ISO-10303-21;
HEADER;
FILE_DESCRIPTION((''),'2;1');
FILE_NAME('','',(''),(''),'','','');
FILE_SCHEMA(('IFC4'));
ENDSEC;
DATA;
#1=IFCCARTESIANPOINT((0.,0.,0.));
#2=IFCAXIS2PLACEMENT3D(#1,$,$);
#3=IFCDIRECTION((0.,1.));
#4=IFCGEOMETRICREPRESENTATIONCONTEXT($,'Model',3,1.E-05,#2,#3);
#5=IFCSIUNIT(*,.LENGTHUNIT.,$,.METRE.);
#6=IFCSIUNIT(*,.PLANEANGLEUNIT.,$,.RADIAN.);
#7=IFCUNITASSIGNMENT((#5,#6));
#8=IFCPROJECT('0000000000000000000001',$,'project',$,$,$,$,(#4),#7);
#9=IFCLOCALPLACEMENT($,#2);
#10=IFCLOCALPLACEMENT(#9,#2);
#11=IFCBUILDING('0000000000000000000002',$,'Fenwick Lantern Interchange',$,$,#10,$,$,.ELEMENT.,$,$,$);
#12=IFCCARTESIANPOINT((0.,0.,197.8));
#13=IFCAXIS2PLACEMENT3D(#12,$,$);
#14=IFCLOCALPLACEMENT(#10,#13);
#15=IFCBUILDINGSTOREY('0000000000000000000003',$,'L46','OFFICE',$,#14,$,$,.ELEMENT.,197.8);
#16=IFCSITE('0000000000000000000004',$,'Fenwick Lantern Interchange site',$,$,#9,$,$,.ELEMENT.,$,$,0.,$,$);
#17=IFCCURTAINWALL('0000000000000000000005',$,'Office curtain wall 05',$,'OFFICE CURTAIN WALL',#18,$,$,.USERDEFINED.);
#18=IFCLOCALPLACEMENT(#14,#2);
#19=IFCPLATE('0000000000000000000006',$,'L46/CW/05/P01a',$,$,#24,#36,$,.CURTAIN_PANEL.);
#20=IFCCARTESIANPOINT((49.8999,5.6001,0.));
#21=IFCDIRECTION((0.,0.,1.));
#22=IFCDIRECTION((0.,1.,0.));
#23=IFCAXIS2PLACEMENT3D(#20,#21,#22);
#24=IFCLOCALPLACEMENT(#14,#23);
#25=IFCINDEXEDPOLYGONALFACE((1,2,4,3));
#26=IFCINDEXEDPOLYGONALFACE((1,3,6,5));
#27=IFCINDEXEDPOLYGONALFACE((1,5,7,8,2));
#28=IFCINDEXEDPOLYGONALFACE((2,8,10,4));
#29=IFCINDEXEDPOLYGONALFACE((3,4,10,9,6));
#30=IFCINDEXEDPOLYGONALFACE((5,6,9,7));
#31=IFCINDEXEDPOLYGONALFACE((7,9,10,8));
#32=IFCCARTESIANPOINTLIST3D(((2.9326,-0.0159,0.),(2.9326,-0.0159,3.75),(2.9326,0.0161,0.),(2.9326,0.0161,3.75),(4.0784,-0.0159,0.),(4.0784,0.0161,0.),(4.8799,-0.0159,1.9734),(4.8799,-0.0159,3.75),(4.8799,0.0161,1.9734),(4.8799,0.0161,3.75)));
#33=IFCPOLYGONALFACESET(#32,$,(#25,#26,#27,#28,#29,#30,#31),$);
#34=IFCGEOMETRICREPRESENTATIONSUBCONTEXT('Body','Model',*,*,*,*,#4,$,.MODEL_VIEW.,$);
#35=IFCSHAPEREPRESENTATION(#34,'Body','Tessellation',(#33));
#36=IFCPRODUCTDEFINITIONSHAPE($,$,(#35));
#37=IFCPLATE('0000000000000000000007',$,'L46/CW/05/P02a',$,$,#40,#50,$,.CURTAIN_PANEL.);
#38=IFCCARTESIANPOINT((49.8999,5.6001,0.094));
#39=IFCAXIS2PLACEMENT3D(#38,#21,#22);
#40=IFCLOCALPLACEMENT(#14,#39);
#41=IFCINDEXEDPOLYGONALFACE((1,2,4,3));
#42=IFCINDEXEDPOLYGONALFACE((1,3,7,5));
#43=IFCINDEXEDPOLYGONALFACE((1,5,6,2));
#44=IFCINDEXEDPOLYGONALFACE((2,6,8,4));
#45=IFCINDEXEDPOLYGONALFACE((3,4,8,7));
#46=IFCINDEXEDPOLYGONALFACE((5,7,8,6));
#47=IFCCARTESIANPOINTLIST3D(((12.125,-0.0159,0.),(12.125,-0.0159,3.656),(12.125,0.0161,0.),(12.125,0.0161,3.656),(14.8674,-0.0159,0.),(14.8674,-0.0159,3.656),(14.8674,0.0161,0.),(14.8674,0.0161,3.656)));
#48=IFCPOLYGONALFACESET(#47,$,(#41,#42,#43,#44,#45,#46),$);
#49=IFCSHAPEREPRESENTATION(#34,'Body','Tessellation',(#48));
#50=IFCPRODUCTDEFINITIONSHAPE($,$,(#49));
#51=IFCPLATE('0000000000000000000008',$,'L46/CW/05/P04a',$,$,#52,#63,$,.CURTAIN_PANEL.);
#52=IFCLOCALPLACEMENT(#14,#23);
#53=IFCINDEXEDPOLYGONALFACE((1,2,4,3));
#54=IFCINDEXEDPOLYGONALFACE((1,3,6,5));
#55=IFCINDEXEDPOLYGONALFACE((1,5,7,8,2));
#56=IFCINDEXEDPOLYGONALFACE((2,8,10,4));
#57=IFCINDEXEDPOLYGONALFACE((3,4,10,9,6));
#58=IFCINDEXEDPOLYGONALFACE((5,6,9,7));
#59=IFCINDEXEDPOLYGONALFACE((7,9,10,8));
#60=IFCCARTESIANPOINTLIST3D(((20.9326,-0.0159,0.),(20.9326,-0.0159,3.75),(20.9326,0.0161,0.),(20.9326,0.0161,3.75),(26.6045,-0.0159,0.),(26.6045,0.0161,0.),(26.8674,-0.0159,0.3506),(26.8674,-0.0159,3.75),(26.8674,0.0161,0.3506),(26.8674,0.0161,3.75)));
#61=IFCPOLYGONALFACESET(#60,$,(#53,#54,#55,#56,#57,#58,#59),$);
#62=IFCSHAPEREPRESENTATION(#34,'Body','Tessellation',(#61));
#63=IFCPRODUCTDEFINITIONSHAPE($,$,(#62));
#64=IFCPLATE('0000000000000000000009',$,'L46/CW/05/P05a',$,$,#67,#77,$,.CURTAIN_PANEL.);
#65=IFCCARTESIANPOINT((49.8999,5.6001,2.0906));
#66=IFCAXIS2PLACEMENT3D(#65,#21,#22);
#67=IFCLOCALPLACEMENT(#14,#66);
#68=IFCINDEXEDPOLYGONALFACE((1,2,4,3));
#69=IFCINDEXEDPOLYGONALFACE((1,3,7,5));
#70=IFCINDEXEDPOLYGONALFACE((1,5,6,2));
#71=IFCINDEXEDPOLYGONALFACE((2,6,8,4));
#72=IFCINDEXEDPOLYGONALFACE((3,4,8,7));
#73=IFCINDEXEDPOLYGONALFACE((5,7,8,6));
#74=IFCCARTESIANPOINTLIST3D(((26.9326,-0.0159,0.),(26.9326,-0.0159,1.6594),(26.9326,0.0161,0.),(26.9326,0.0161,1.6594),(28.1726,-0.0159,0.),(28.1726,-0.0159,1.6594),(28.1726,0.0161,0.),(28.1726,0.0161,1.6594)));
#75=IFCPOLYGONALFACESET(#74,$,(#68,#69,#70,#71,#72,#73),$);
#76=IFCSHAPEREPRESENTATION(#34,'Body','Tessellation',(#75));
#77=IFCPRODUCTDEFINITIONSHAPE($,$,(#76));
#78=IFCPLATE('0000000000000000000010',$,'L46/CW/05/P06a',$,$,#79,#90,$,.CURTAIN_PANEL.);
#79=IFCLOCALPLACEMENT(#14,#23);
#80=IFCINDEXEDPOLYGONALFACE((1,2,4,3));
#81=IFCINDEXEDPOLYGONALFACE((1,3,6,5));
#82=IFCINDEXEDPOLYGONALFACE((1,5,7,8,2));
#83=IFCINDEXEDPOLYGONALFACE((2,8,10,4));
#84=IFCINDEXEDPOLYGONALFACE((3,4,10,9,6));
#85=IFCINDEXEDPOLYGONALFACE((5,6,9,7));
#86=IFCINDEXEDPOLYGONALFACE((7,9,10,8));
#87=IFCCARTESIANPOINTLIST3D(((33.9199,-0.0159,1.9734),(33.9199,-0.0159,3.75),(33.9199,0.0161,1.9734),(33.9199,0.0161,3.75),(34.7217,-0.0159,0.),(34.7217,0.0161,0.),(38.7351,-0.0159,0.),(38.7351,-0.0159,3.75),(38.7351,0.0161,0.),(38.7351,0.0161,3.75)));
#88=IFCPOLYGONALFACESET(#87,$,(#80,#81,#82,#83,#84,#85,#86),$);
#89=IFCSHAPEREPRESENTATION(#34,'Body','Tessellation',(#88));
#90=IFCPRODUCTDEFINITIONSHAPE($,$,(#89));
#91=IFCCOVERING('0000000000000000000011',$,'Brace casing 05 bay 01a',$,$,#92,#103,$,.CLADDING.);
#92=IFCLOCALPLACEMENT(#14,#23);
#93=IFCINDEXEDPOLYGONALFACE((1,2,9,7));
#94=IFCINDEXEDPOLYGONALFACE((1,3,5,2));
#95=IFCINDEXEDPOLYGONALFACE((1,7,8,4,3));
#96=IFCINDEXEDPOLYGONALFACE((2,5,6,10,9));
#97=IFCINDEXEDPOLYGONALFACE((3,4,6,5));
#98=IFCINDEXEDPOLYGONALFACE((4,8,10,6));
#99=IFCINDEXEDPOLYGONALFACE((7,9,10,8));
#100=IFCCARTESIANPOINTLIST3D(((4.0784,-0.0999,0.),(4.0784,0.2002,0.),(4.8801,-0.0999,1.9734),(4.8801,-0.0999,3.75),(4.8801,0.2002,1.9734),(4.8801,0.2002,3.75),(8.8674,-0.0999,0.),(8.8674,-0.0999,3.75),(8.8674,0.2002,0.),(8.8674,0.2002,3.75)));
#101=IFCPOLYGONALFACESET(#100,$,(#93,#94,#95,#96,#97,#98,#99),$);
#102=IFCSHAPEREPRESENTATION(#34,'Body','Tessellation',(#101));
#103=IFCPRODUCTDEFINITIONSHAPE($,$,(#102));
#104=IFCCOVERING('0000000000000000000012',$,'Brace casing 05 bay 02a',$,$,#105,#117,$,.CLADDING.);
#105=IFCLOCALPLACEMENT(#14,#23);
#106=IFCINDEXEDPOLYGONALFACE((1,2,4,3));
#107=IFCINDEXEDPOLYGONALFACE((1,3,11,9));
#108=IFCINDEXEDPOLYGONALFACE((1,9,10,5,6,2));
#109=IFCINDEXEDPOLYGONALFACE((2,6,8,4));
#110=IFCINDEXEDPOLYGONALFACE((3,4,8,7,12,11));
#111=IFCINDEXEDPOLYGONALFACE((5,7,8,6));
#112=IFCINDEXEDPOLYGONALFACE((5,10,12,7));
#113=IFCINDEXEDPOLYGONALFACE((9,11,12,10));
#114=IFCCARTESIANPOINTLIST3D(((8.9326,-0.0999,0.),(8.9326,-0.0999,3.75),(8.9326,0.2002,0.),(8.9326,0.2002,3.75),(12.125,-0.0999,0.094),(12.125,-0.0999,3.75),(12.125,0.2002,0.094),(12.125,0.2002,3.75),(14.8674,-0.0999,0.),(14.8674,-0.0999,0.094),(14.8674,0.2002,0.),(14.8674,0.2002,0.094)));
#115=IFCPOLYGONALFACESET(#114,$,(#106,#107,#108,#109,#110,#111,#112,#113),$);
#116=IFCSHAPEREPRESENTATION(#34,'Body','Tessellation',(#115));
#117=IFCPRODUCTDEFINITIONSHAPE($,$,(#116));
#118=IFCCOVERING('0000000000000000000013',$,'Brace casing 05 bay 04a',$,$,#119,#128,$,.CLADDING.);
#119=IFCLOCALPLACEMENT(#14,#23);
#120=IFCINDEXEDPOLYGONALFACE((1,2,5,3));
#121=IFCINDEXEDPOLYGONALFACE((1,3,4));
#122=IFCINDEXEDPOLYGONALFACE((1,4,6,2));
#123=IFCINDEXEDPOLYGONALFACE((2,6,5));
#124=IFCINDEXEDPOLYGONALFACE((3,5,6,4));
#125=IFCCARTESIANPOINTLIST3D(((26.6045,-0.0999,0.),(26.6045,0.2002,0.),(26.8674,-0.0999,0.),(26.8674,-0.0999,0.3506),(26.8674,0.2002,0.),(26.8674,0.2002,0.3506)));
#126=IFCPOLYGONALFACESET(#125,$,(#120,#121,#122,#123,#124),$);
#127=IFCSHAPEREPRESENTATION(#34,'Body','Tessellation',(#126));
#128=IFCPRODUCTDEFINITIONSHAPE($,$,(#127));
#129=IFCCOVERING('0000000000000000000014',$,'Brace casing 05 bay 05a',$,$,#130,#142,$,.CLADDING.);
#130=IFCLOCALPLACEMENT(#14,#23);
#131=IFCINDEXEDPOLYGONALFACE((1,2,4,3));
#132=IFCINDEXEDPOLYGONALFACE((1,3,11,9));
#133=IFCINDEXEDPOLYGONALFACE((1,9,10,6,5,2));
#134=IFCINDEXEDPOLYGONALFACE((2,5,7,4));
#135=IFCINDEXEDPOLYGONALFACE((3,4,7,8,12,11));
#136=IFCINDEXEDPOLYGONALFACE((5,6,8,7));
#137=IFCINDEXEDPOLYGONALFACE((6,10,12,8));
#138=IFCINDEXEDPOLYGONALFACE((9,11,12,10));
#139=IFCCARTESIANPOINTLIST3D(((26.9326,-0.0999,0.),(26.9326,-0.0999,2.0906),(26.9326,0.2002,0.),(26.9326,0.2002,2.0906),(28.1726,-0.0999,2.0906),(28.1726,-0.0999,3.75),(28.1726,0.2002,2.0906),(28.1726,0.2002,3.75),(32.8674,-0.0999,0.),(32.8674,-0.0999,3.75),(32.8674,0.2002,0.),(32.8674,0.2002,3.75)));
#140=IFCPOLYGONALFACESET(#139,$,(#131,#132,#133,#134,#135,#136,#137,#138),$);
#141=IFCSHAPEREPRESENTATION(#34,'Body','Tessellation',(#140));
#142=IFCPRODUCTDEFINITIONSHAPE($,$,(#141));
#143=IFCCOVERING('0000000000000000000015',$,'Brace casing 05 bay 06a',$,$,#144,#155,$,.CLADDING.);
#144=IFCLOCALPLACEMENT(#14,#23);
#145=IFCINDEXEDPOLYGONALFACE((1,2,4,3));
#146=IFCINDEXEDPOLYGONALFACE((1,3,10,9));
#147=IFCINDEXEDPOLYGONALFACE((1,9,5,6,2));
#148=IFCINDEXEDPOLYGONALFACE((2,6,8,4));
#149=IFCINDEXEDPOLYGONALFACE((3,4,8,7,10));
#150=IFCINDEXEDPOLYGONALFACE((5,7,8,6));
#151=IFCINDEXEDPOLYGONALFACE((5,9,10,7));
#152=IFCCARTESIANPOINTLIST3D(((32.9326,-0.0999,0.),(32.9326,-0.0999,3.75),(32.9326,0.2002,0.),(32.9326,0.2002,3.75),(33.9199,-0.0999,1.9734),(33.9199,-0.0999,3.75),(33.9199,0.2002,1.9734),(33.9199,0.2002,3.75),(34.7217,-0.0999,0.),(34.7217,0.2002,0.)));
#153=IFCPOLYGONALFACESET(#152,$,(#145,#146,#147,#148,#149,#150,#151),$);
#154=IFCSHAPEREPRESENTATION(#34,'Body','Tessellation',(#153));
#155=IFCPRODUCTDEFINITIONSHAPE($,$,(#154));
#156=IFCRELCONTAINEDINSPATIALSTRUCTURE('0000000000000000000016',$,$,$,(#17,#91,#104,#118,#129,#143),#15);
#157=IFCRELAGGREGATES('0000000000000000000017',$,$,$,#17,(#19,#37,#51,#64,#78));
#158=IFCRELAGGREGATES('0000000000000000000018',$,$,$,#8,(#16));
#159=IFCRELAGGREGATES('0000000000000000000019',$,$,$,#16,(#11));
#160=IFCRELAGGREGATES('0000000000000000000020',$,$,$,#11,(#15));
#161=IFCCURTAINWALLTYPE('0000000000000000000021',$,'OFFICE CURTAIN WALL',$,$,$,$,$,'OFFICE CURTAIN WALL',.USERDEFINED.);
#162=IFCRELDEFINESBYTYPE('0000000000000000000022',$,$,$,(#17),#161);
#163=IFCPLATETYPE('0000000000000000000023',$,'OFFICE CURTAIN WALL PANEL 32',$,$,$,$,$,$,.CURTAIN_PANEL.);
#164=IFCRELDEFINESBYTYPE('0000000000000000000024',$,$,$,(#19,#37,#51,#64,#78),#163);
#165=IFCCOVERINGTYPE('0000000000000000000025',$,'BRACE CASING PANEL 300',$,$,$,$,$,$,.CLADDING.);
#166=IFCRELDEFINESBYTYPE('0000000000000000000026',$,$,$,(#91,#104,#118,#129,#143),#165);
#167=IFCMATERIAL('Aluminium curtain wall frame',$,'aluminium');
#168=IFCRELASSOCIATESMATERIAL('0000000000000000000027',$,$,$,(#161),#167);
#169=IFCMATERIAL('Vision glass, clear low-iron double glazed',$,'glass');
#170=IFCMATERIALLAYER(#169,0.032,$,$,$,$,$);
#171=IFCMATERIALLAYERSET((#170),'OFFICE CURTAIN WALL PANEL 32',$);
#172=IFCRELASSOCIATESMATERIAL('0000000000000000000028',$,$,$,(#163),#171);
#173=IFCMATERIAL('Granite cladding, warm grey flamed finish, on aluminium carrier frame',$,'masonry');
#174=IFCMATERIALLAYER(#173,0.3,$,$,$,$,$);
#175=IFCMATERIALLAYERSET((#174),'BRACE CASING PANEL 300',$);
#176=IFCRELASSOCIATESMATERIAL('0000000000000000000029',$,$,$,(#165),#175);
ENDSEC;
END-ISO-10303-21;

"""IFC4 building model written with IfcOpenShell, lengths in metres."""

from ifc_helpers import new_model, si_unit, direction, frame, origin, place, context, subcontext, project, spatial, polyline, outline, extrude, material, layer, layer_set, type_object, element, aggregate, save


model = new_model("IFC4")

# Units and contexts
model_context = context("Model", 3, precision=1e-05, world=origin(), true_north=direction((0.0, 1.0)))
body_context = subcontext(model_context, "Body", "Model", "MODEL_VIEW")
ifc_project = project(units=[si_unit("LENGTHUNIT", "METRE"), si_unit("PLANEANGLEUNIT", "RADIAN")], contexts=[model_context])

# Site, building, storey
site_placement = place(None, origin())
site = spatial("IfcSite", under=ifc_project, at=site_placement, Name="Fenwick Lantern Interchange site", CompositionType="ELEMENT", RefElevation=0.0)
building_placement = place(site_placement, origin())
building = spatial("IfcBuilding", under=site, at=building_placement, Name="Fenwick Lantern Interchange", CompositionType="ELEMENT")
storey_placement = place(building_placement, frame((0.0, 0.0, 197.8)))
storey = spatial("IfcBuildingStorey", under=building, at=storey_placement, Name="L46", Description="OFFICE", CompositionType="ELEMENT", Elevation=197.8)

# Shared definitions
ifc_material_1 = material(Name="Aluminium curtain wall frame", Category="aluminium")
curtain_wall_type = type_object("IfcCurtainWallType", Name="OFFICE CURTAIN WALL", ElementType="OFFICE CURTAIN WALL", PredefinedType="USERDEFINED", material=ifc_material_1)

# Curtain wall
curtain_wall_1_placement = place(storey_placement, origin())
curtain_wall_1 = element("IfcCurtainWall", 1, at=curtain_wall_1_placement, inside=storey, type_object=curtain_wall_type, Name="Office curtain wall 05", ObjectType="OFFICE CURTAIN WALL", PredefinedType="USERDEFINED")

# Plates
ifc_material_2 = material(Name="Vision glass, clear low-iron double glazed", Category="glass")
ifc_layer_1 = layer(ifc_material_2, 0.032)
ifc_layer_set_1 = layer_set([ifc_layer_1], Name="OFFICE CURTAIN WALL PANEL 32")
plate_type = type_object("IfcPlateType", Name="OFFICE CURTAIN WALL PANEL 32", PredefinedType="CURTAIN_PANEL", material=ifc_layer_set_1)
plate_1_placement = place(storey_placement, frame((49.8999, 5.6001, 0.0), z_axis=(0.0, 0.0, 1.0), x_axis=(0.0, 1.0, 0.0)))
plate_1 = element("IfcPlate", 2, at=plate_1_placement, type_object=plate_type, Name="L46/CW/05/P01a", PredefinedType="CURTAIN_PANEL", context=body_context, shape_type="SweptSolid", body=[
    extrude(outline(polyline([(2.9326, 0.0), (4.0784, 0.0), (4.8799, 1.9734), (4.8799, 3.75), (2.9326, 3.75), (2.9326, 0.0)])), frame((0.0, 0.0161, 0.0), z_axis=(0.0, -1.0, 0.0), x_axis=(1.0, 0.0, 0.0)), (0.0, 0.0, 1.0), 0.032),
])
plate_2_placement = place(storey_placement, frame((49.8999, 5.6001, 0.094), z_axis=(0.0, 0.0, 1.0), x_axis=(0.0, 1.0, 0.0)))
plate_2 = element("IfcPlate", 3, at=plate_2_placement, type_object=plate_type, Name="L46/CW/05/P02a", PredefinedType="CURTAIN_PANEL", context=body_context, shape_type="SweptSolid", body=[
    extrude(outline(polyline([(12.125, 0.0), (14.8674, 0.0), (14.8674, 3.656), (12.125, 3.656), (12.125, 0.0)])), frame((0.0, 0.0161, 0.0), z_axis=(0.0, -1.0, 0.0), x_axis=(1.0, 0.0, 0.0)), (0.0, 0.0, 1.0), 0.032),
])
plate_3_placement = place(storey_placement, frame((49.8999, 5.6001, 0.0), z_axis=(0.0, 0.0, 1.0), x_axis=(0.0, 1.0, 0.0)))
plate_3 = element("IfcPlate", 4, at=plate_3_placement, type_object=plate_type, Name="L46/CW/05/P04a", PredefinedType="CURTAIN_PANEL", context=body_context, shape_type="SweptSolid", body=[
    extrude(outline(polyline([(20.9326, 0.0), (26.6045, 0.0), (26.8674, 0.3506), (26.8674, 3.75), (20.9326, 3.75), (20.9326, 0.0)])), frame((0.0, 0.0161, 0.0), z_axis=(0.0, -1.0, 0.0), x_axis=(1.0, 0.0, 0.0)), (0.0, 0.0, 1.0), 0.032),
])
plate_4_placement = place(storey_placement, frame((49.8999, 5.6001, 2.0906), z_axis=(0.0, 0.0, 1.0), x_axis=(0.0, 1.0, 0.0)))
plate_4 = element("IfcPlate", 5, at=plate_4_placement, type_object=plate_type, Name="L46/CW/05/P05a", PredefinedType="CURTAIN_PANEL", context=body_context, shape_type="SweptSolid", body=[
    extrude(outline(polyline([(26.9326, 0.0), (28.1726, 0.0), (28.1726, 1.6594), (26.9326, 1.6594), (26.9326, 0.0)])), frame((0.0, 0.0161, 0.0), z_axis=(0.0, -1.0, 0.0), x_axis=(1.0, 0.0, 0.0)), (0.0, 0.0, 1.0), 0.032),
])
plate_5_placement = place(storey_placement, frame((49.8999, 5.6001, 0.0), z_axis=(0.0, 0.0, 1.0), x_axis=(0.0, 1.0, 0.0)))
plate_5 = element("IfcPlate", 6, at=plate_5_placement, type_object=plate_type, Name="L46/CW/05/P06a", PredefinedType="CURTAIN_PANEL", context=body_context, shape_type="SweptSolid", body=[
    extrude(outline(polyline([(34.7217, 0.0), (38.7351, 0.0), (38.7351, 3.75), (33.9199, 3.75), (33.9199, 1.9734), (34.7217, 0.0)])), frame((0.0, 0.0161, 0.0), z_axis=(0.0, -1.0, 0.0), x_axis=(1.0, 0.0, 0.0)), (0.0, 0.0, 1.0), 0.032),
])
aggregate(curtain_wall_1, [plate_1, plate_2, plate_3, plate_4, plate_5])

# Coverings
ifc_material_3 = material(Name="Granite cladding, warm grey flamed finish, on aluminium carrier frame", Category="masonry")
ifc_layer_2 = layer(ifc_material_3, 0.3)
ifc_layer_set_2 = layer_set([ifc_layer_2], Name="BRACE CASING PANEL 300")
covering_type = type_object("IfcCoveringType", Name="BRACE CASING PANEL 300", PredefinedType="CLADDING", material=ifc_layer_set_2)
covering_1_placement = place(storey_placement, frame((49.8999, 5.6001, 0.0), z_axis=(0.0, 0.0, 1.0), x_axis=(0.0, 1.0, 0.0)))
element("IfcCovering", 7, at=covering_1_placement, inside=storey, type_object=covering_type, Name="Brace casing 05 bay 01a", PredefinedType="CLADDING", context=body_context, shape_type="SweptSolid", body=[
    extrude(outline(polyline([(4.0784, 0.0), (8.8674, 0.0), (8.8674, 3.75), (4.8801, 3.75), (4.8801, 1.9734), (4.0784, 0.0)])), frame((0.0, 0.2002, 0.0), z_axis=(0.0, -1.0, 0.0), x_axis=(1.0, 0.0, 0.0)), (0.0, 0.0, 1.0), 0.3),
])
covering_2_placement = place(storey_placement, frame((49.8999, 5.6001, 0.0), z_axis=(0.0, 0.0, 1.0), x_axis=(0.0, 1.0, 0.0)))
element("IfcCovering", 8, at=covering_2_placement, inside=storey, type_object=covering_type, Name="Brace casing 05 bay 02a", PredefinedType="CLADDING", context=body_context, shape_type="SweptSolid", body=[
    extrude(outline(polyline([(8.9326, 0.0), (14.8674, 0.0), (14.8674, 0.094), (12.125, 0.094), (12.125, 3.75), (8.9326, 3.75), (8.9326, 0.0)])), frame((0.0, 0.2002, 0.0), z_axis=(0.0, -1.0, 0.0), x_axis=(1.0, 0.0, 0.0)), (0.0, 0.0, 1.0), 0.3),
])
covering_3_placement = place(storey_placement, frame((49.8999, 5.6001, 0.0), z_axis=(0.0, 0.0, 1.0), x_axis=(0.0, 1.0, 0.0)))
element("IfcCovering", 9, at=covering_3_placement, inside=storey, type_object=covering_type, Name="Brace casing 05 bay 04a", PredefinedType="CLADDING", context=body_context, shape_type="SweptSolid", body=[
    extrude(outline(polyline([(26.6045, 0.0), (26.8674, 0.0), (26.8674, 0.3506), (26.6045, 0.0)])), frame((0.0, 0.2002, 0.0), z_axis=(0.0, -1.0, 0.0), x_axis=(1.0, 0.0, 0.0)), (0.0, 0.0, 1.0), 0.3),
])
covering_4_placement = place(storey_placement, frame((49.8999, 5.6001, 0.0), z_axis=(0.0, 0.0, 1.0), x_axis=(0.0, 1.0, 0.0)))
element("IfcCovering", 10, at=covering_4_placement, inside=storey, type_object=covering_type, Name="Brace casing 05 bay 05a", PredefinedType="CLADDING", context=body_context, shape_type="SweptSolid", body=[
    extrude(outline(polyline([(26.9326, 0.0), (32.8674, 0.0), (32.8674, 3.75), (28.1726, 3.75), (28.1726, 2.0906), (26.9326, 2.0906), (26.9326, 0.0)])), frame((0.0, 0.2002, 0.0), z_axis=(0.0, -1.0, 0.0), x_axis=(1.0, 0.0, 0.0)), (0.0, 0.0, 1.0), 0.3),
])
covering_5_placement = place(storey_placement, frame((49.8999, 5.6001, 0.0), z_axis=(0.0, 0.0, 1.0), x_axis=(0.0, 1.0, 0.0)))
element("IfcCovering", 11, at=covering_5_placement, inside=storey, type_object=covering_type, Name="Brace casing 05 bay 06a", PredefinedType="CLADDING", context=body_context, shape_type="SweptSolid", body=[
    extrude(outline(polyline([(32.9326, 0.0), (34.7217, 0.0), (33.9199, 1.9734), (33.9199, 3.75), (32.9326, 3.75), (32.9326, 0.0)])), frame((0.0, 0.2002, 0.0), z_axis=(0.0, -1.0, 0.0), x_axis=(1.0, 0.0, 0.0)), (0.0, 0.0, 1.0), 0.3),
])

save(model, "model.ifc")
